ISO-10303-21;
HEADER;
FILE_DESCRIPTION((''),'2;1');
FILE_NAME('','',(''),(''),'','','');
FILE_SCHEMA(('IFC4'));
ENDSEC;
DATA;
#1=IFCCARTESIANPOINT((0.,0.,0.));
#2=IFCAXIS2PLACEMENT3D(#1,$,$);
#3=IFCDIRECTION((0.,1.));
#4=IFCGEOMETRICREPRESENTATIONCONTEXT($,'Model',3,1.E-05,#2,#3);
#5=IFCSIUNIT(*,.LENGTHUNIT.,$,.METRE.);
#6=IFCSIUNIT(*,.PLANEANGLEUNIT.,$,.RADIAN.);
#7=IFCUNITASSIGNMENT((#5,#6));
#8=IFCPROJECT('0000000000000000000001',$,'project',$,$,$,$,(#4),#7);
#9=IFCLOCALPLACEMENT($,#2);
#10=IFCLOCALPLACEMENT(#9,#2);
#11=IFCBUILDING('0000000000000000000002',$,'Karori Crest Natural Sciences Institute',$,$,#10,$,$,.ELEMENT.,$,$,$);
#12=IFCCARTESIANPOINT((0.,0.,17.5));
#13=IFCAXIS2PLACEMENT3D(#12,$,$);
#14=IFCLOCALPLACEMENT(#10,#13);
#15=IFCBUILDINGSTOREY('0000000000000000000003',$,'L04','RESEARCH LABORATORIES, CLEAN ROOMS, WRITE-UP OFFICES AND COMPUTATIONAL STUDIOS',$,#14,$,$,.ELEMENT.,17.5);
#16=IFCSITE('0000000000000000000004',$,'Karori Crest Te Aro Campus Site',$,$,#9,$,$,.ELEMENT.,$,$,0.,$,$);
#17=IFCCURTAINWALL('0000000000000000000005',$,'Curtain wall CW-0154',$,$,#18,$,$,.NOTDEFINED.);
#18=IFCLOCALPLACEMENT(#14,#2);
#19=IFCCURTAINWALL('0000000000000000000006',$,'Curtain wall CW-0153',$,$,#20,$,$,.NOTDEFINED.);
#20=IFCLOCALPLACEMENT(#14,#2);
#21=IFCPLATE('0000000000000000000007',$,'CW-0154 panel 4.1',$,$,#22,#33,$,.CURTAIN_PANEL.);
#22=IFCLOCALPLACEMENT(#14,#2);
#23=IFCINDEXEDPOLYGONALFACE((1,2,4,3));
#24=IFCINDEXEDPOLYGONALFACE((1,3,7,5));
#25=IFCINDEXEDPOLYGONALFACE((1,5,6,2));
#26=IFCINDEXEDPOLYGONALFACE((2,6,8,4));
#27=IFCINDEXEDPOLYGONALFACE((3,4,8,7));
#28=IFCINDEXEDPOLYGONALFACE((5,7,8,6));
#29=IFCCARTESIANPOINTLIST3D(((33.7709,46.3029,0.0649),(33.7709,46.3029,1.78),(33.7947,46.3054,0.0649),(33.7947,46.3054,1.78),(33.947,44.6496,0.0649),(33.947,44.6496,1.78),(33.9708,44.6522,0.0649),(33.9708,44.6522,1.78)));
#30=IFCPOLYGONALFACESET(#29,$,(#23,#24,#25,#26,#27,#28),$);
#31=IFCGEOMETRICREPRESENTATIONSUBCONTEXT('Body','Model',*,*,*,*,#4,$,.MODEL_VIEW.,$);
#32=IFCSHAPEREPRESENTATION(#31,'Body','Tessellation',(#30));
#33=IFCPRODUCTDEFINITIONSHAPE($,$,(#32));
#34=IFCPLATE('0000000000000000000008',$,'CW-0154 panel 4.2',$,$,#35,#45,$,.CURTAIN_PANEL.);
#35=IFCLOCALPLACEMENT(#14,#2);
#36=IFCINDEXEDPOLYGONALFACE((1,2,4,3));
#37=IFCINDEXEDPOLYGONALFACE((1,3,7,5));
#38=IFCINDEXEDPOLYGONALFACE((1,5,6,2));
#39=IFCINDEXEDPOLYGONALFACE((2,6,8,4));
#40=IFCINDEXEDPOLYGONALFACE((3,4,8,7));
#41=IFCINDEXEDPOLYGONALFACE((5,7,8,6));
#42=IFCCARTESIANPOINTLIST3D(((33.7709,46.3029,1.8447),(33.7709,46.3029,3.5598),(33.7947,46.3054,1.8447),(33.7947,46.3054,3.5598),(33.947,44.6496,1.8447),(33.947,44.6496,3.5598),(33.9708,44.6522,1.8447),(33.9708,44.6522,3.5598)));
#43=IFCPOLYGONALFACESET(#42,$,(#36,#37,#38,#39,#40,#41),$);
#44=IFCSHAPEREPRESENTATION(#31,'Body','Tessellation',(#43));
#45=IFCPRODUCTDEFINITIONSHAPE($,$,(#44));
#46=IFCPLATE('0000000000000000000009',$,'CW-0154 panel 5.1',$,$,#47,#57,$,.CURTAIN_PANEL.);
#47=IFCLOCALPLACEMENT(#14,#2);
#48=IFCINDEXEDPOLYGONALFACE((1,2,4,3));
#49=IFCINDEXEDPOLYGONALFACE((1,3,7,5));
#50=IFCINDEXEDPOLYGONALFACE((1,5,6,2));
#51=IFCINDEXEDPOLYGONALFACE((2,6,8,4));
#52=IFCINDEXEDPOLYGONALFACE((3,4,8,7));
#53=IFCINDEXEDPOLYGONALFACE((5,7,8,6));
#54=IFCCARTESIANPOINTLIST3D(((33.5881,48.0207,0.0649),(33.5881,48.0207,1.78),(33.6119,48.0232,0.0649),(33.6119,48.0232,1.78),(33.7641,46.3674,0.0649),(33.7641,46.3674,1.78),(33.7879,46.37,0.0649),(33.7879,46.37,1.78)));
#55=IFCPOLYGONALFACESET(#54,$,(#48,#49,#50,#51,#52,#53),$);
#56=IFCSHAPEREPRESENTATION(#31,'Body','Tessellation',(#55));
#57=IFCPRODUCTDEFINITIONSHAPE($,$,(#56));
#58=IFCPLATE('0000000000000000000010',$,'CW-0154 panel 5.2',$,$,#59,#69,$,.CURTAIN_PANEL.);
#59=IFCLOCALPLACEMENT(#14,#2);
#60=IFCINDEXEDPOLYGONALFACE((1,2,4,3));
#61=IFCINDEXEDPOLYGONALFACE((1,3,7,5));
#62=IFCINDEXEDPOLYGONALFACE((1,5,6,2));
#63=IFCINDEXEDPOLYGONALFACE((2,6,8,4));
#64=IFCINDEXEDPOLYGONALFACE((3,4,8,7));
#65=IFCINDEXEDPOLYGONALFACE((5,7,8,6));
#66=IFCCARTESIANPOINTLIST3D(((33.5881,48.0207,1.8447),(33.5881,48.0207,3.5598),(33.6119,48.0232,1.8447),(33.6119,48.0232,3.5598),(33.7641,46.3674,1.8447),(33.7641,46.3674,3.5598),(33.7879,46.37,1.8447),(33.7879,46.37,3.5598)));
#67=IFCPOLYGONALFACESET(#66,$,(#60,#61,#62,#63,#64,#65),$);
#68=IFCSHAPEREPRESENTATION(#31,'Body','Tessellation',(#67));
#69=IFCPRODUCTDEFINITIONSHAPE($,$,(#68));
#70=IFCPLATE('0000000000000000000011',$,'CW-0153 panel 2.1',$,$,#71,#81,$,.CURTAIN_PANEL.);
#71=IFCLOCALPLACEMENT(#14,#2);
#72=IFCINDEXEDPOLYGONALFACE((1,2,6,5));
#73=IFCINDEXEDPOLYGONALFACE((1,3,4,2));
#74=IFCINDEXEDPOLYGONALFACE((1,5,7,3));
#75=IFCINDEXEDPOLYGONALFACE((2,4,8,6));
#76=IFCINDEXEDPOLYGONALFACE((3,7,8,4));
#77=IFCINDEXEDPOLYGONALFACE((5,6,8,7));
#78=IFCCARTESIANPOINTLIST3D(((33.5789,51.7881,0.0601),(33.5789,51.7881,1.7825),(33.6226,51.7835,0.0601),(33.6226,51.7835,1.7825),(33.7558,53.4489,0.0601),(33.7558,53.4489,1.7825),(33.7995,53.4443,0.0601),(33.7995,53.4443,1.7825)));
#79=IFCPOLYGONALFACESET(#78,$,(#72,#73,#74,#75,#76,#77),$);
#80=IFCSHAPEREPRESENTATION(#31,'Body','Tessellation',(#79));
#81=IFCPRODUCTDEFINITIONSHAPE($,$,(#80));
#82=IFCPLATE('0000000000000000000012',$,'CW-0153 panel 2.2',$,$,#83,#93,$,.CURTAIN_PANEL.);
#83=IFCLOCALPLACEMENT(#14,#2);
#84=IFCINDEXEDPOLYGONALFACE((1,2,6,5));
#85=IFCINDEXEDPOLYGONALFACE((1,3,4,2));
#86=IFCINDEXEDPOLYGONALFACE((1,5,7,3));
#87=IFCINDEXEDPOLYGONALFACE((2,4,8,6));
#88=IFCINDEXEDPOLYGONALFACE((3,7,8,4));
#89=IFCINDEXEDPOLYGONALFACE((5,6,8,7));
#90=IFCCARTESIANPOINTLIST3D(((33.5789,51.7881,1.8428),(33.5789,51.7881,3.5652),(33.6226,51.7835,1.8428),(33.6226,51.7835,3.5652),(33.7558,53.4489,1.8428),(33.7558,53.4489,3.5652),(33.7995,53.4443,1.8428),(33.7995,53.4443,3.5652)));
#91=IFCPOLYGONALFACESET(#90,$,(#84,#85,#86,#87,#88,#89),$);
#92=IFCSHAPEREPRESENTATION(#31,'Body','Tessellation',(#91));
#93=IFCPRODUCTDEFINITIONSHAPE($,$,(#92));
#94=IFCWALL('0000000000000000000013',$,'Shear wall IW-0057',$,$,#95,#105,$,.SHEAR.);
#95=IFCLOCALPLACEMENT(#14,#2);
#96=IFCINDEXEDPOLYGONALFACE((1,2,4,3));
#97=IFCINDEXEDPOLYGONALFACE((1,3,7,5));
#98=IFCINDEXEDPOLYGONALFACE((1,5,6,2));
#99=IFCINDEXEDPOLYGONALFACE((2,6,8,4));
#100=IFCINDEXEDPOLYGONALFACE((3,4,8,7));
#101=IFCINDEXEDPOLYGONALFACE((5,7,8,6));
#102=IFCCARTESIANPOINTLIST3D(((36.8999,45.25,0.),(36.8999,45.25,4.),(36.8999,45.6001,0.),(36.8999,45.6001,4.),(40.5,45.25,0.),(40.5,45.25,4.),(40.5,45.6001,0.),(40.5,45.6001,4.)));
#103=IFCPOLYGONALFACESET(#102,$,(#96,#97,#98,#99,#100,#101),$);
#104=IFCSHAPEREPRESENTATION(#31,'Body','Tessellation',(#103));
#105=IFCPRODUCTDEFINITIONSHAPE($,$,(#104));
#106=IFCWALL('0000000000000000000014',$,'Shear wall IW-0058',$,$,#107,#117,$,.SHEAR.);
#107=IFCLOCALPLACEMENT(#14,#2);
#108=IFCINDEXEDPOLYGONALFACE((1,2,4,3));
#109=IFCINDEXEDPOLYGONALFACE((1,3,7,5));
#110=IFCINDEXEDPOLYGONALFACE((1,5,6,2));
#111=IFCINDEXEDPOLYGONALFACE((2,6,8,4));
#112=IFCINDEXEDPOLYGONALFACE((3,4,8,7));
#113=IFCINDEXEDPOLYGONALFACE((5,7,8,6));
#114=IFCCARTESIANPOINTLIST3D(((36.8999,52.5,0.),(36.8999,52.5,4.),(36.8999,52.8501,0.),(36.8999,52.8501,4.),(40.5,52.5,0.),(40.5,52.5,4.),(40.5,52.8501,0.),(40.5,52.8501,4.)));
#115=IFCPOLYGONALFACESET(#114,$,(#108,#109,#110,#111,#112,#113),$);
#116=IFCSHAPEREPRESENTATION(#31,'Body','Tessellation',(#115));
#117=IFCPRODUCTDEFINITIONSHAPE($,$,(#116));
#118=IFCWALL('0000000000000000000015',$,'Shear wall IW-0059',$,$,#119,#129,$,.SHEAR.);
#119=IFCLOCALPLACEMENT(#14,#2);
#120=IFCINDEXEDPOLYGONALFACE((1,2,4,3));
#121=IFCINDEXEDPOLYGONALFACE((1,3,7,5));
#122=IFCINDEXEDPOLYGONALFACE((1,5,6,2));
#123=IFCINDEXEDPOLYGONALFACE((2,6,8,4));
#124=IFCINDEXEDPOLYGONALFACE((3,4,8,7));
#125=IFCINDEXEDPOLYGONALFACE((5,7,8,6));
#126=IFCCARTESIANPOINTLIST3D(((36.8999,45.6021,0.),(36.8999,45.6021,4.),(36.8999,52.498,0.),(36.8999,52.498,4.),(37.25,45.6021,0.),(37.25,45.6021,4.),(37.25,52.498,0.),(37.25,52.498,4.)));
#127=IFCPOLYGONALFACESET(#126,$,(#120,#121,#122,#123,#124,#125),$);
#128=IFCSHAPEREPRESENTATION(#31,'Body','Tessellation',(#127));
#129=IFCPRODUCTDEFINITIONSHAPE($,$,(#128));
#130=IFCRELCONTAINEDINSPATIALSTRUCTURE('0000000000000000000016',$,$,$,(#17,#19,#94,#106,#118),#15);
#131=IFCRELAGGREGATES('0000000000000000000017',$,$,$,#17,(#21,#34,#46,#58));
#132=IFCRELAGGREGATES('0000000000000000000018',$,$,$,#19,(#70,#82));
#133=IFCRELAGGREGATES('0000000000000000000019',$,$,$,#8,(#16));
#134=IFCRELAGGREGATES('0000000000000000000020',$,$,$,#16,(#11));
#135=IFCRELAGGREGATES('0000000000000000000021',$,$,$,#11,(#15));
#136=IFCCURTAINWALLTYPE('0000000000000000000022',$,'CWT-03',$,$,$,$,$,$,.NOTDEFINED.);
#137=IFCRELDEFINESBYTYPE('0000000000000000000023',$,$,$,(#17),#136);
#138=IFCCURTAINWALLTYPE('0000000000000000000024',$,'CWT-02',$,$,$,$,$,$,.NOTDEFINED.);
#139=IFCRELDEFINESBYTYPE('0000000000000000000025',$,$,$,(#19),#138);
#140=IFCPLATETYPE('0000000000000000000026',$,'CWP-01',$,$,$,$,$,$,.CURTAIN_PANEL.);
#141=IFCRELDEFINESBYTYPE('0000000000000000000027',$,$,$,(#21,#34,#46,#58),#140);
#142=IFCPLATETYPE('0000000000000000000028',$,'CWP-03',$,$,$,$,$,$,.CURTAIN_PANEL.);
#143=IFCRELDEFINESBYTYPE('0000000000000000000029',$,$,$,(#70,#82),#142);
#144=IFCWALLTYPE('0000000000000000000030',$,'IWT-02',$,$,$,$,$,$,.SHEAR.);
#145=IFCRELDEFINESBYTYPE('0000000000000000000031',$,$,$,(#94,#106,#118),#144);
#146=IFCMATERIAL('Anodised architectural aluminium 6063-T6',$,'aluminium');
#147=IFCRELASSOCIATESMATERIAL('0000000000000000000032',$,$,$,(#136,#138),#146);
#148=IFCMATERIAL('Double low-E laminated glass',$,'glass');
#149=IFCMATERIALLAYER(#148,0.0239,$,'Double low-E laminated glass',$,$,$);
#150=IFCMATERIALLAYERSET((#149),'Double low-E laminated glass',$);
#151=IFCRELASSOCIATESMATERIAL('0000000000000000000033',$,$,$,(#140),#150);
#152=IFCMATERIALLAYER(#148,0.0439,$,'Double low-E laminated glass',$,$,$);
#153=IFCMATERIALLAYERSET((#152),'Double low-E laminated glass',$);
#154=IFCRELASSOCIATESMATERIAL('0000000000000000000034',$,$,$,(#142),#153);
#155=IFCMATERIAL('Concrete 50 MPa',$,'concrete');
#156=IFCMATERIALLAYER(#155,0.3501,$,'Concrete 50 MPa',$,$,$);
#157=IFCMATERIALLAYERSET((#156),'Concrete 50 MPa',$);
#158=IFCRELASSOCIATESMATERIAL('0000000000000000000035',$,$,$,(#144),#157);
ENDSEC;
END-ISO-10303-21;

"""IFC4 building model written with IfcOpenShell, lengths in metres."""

from ifc_helpers import new_model, si_unit, direction, frame, frame_2d, origin, origin_2d, place, context, subcontext, project, spatial, rectangle, extrude, material, layer, layer_set, type_object, element, aggregate, save


model = new_model("IFC4")

# Units and contexts
model_context = context("Model", 3, precision=1e-05, world=origin(), true_north=direction((0.0, 1.0)))
body_context = subcontext(model_context, "Body", "Model", "MODEL_VIEW")
ifc_project = project(units=[si_unit("LENGTHUNIT", "METRE"), si_unit("PLANEANGLEUNIT", "RADIAN")], contexts=[model_context])

# Site, building, storey
site_placement = place(None, origin())
site = spatial("IfcSite", under=ifc_project, at=site_placement, Name="Karori Crest Te Aro Campus Site", CompositionType="ELEMENT", RefElevation=0.0)
building_placement = place(site_placement, origin())
building = spatial("IfcBuilding", under=site, at=building_placement, Name="Karori Crest Natural Sciences Institute", CompositionType="ELEMENT")
storey_placement = place(building_placement, frame((0.0, 0.0, 17.5)))
storey = spatial("IfcBuildingStorey", under=building, at=storey_placement, Name="L04", Description="RESEARCH LABORATORIES, CLEAN ROOMS, WRITE-UP OFFICES AND COMPUTATIONAL STUDIOS", CompositionType="ELEMENT", Elevation=17.5)

# Curtain walls
ifc_material_1 = material(Name="Anodised architectural aluminium 6063-T6", Category="aluminium")
curtain_wall_type_1 = type_object("IfcCurtainWallType", Name="CWT-03", PredefinedType="NOTDEFINED", material=ifc_material_1)
curtain_wall_1_placement = place(storey_placement, origin())
curtain_wall_1 = element("IfcCurtainWall", 1, at=curtain_wall_1_placement, inside=storey, type_object=curtain_wall_type_1, Name="Curtain wall CW-0154", PredefinedType="NOTDEFINED")
curtain_wall_type_2 = type_object("IfcCurtainWallType", Name="CWT-02", PredefinedType="NOTDEFINED", material=ifc_material_1)
curtain_wall_2_placement = place(storey_placement, origin())
curtain_wall_2 = element("IfcCurtainWall", 2, at=curtain_wall_2_placement, inside=storey, type_object=curtain_wall_type_2, Name="Curtain wall CW-0153", PredefinedType="NOTDEFINED")

# Plates
ifc_material_2 = material(Name="Double low-E laminated glass", Category="glass")
ifc_layer_1 = layer(ifc_material_2, 0.0239, Name="Double low-E laminated glass")
ifc_layer_set_1 = layer_set([ifc_layer_1], Name="Double low-E laminated glass")
plate_type_1 = type_object("IfcPlateType", Name="CWP-01", PredefinedType="CURTAIN_PANEL", material=ifc_layer_set_1)
plate_1_placement = place(storey_placement, frame((33.8708, 45.4775, 0.0649), z_axis=(0.0, 0.0, 1.0), x_axis=(-0.105884, 0.994378, 0.0)))
plate_1 = element("IfcPlate", 3, at=plate_1_placement, type_object=plate_type_1, Name="CW-0154 panel 4.1", PredefinedType="CURTAIN_PANEL", context=body_context, shape_type="SweptSolid", body=[
    extrude(rectangle(XDim=1.6626, YDim=0.0239, at=origin_2d()), origin(), (0.0, 0.0, 1.0), 1.7151),
])
plate_2_placement = place(storey_placement, frame((33.8708, 45.4775, 1.8447), z_axis=(0.0, 0.0, 1.0), x_axis=(-0.105884, 0.994378, 0.0)))
plate_2 = element("IfcPlate", 4, at=plate_2_placement, type_object=plate_type_1, Name="CW-0154 panel 4.2", PredefinedType="CURTAIN_PANEL", context=body_context, shape_type="SweptSolid", body=[
    extrude(rectangle(XDim=1.6626, YDim=0.0239, at=origin_2d()), origin(), (0.0, 0.0, 1.0), 1.7151),
])
plate_3_placement = place(storey_placement, frame((33.688, 47.1953, 0.0649), z_axis=(0.0, 0.0, 1.0), x_axis=(-0.105884, 0.994378, 0.0)))
plate_3 = element("IfcPlate", 5, at=plate_3_placement, type_object=plate_type_1, Name="CW-0154 panel 5.1", PredefinedType="CURTAIN_PANEL", context=body_context, shape_type="SweptSolid", body=[
    extrude(rectangle(XDim=1.6626, YDim=0.0239, at=origin_2d()), origin(), (0.0, 0.0, 1.0), 1.7151),
])
plate_4_placement = place(storey_placement, frame((33.688, 47.1953, 1.8447), z_axis=(0.0, 0.0, 1.0), x_axis=(-0.105884, 0.994378, 0.0)))
plate_4 = element("IfcPlate", 6, at=plate_4_placement, type_object=plate_type_1, Name="CW-0154 panel 5.2", PredefinedType="CURTAIN_PANEL", context=body_context, shape_type="SweptSolid", body=[
    extrude(rectangle(XDim=1.6626, YDim=0.0239, at=origin_2d()), origin(), (0.0, 0.0, 1.0), 1.7151),
])
aggregate(curtain_wall_1, [plate_1, plate_2, plate_3, plate_4])
ifc_layer_2 = layer(ifc_material_2, 0.0439, Name="Double low-E laminated glass")
ifc_layer_set_2 = layer_set([ifc_layer_2], Name="Double low-E laminated glass")
plate_type_2 = type_object("IfcPlateType", Name="CWP-03", PredefinedType="CURTAIN_PANEL", material=ifc_layer_set_2)
plate_5_placement = place(storey_placement, frame((33.6892, 52.6162, 0.0601), z_axis=(0.0, 0.0, 1.0), x_axis=(0.105886, 0.994378, 0.0)))
plate_5 = element("IfcPlate", 7, at=plate_5_placement, type_object=plate_type_2, Name="CW-0153 panel 2.1", PredefinedType="CURTAIN_PANEL", context=body_context, shape_type="SweptSolid", body=[
    extrude(rectangle(XDim=1.6702, YDim=0.0439, at=origin_2d()), origin(), (0.0, 0.0, 1.0), 1.7224),
])
plate_6_placement = place(storey_placement, frame((33.6892, 52.6162, 1.8428), z_axis=(0.0, 0.0, 1.0), x_axis=(0.105886, 0.994378, 0.0)))
plate_6 = element("IfcPlate", 8, at=plate_6_placement, type_object=plate_type_2, Name="CW-0153 panel 2.2", PredefinedType="CURTAIN_PANEL", context=body_context, shape_type="SweptSolid", body=[
    extrude(rectangle(XDim=1.6702, YDim=0.0439, at=origin_2d()), origin(), (0.0, 0.0, 1.0), 1.7224),
])
aggregate(curtain_wall_2, [plate_5, plate_6])

# Walls
ifc_material_3 = material(Name="Concrete 50 MPa", Category="concrete")
ifc_layer_3 = layer(ifc_material_3, 0.3501, Name="Concrete 50 MPa")
ifc_layer_set_3 = layer_set([ifc_layer_3], Name="Concrete 50 MPa")
wall_type = type_object("IfcWallType", Name="IWT-02", PredefinedType="SHEAR", material=ifc_layer_set_3)
for number, where, z_axis, x_axis, name in (
    (9, (36.8999, 45.425, 0.0), (0.0, 0.0, 1.0), (1.0, 0.0, 0.0), "Shear wall IW-0057"),
    (10, (36.8999, 52.675, 0.0), (0.0, 0.0, 1.0), (1.0, 0.0, 0.0), "Shear wall IW-0058"),
):
    element("IfcWall", number, at=place(storey_placement, frame(where, z_axis=z_axis, x_axis=x_axis)), inside=storey, type_object=wall_type, Name=name, PredefinedType="SHEAR", context=body_context, shape_type="SweptSolid", body=[
        extrude(rectangle(XDim=3.6001, YDim=0.3501, at=frame_2d((1.8, 0.0))), origin(), (0.0, 0.0, 1.0), 4.0),
    ])
wall_placement = place(storey_placement, frame((37.075, 45.6021, 0.0), z_axis=(0.0, 0.0, 1.0), x_axis=(0.0, 1.0, 0.0)))
element("IfcWall", 11, at=wall_placement, inside=storey, type_object=wall_type, Name="Shear wall IW-0059", PredefinedType="SHEAR", context=body_context, shape_type="SweptSolid", body=[
    extrude(rectangle(XDim=6.896, YDim=0.3501, at=frame_2d((3.448, 0.0))), origin(), (0.0, 0.0, 1.0), 4.0),
])

save(model, "model.ifc")
